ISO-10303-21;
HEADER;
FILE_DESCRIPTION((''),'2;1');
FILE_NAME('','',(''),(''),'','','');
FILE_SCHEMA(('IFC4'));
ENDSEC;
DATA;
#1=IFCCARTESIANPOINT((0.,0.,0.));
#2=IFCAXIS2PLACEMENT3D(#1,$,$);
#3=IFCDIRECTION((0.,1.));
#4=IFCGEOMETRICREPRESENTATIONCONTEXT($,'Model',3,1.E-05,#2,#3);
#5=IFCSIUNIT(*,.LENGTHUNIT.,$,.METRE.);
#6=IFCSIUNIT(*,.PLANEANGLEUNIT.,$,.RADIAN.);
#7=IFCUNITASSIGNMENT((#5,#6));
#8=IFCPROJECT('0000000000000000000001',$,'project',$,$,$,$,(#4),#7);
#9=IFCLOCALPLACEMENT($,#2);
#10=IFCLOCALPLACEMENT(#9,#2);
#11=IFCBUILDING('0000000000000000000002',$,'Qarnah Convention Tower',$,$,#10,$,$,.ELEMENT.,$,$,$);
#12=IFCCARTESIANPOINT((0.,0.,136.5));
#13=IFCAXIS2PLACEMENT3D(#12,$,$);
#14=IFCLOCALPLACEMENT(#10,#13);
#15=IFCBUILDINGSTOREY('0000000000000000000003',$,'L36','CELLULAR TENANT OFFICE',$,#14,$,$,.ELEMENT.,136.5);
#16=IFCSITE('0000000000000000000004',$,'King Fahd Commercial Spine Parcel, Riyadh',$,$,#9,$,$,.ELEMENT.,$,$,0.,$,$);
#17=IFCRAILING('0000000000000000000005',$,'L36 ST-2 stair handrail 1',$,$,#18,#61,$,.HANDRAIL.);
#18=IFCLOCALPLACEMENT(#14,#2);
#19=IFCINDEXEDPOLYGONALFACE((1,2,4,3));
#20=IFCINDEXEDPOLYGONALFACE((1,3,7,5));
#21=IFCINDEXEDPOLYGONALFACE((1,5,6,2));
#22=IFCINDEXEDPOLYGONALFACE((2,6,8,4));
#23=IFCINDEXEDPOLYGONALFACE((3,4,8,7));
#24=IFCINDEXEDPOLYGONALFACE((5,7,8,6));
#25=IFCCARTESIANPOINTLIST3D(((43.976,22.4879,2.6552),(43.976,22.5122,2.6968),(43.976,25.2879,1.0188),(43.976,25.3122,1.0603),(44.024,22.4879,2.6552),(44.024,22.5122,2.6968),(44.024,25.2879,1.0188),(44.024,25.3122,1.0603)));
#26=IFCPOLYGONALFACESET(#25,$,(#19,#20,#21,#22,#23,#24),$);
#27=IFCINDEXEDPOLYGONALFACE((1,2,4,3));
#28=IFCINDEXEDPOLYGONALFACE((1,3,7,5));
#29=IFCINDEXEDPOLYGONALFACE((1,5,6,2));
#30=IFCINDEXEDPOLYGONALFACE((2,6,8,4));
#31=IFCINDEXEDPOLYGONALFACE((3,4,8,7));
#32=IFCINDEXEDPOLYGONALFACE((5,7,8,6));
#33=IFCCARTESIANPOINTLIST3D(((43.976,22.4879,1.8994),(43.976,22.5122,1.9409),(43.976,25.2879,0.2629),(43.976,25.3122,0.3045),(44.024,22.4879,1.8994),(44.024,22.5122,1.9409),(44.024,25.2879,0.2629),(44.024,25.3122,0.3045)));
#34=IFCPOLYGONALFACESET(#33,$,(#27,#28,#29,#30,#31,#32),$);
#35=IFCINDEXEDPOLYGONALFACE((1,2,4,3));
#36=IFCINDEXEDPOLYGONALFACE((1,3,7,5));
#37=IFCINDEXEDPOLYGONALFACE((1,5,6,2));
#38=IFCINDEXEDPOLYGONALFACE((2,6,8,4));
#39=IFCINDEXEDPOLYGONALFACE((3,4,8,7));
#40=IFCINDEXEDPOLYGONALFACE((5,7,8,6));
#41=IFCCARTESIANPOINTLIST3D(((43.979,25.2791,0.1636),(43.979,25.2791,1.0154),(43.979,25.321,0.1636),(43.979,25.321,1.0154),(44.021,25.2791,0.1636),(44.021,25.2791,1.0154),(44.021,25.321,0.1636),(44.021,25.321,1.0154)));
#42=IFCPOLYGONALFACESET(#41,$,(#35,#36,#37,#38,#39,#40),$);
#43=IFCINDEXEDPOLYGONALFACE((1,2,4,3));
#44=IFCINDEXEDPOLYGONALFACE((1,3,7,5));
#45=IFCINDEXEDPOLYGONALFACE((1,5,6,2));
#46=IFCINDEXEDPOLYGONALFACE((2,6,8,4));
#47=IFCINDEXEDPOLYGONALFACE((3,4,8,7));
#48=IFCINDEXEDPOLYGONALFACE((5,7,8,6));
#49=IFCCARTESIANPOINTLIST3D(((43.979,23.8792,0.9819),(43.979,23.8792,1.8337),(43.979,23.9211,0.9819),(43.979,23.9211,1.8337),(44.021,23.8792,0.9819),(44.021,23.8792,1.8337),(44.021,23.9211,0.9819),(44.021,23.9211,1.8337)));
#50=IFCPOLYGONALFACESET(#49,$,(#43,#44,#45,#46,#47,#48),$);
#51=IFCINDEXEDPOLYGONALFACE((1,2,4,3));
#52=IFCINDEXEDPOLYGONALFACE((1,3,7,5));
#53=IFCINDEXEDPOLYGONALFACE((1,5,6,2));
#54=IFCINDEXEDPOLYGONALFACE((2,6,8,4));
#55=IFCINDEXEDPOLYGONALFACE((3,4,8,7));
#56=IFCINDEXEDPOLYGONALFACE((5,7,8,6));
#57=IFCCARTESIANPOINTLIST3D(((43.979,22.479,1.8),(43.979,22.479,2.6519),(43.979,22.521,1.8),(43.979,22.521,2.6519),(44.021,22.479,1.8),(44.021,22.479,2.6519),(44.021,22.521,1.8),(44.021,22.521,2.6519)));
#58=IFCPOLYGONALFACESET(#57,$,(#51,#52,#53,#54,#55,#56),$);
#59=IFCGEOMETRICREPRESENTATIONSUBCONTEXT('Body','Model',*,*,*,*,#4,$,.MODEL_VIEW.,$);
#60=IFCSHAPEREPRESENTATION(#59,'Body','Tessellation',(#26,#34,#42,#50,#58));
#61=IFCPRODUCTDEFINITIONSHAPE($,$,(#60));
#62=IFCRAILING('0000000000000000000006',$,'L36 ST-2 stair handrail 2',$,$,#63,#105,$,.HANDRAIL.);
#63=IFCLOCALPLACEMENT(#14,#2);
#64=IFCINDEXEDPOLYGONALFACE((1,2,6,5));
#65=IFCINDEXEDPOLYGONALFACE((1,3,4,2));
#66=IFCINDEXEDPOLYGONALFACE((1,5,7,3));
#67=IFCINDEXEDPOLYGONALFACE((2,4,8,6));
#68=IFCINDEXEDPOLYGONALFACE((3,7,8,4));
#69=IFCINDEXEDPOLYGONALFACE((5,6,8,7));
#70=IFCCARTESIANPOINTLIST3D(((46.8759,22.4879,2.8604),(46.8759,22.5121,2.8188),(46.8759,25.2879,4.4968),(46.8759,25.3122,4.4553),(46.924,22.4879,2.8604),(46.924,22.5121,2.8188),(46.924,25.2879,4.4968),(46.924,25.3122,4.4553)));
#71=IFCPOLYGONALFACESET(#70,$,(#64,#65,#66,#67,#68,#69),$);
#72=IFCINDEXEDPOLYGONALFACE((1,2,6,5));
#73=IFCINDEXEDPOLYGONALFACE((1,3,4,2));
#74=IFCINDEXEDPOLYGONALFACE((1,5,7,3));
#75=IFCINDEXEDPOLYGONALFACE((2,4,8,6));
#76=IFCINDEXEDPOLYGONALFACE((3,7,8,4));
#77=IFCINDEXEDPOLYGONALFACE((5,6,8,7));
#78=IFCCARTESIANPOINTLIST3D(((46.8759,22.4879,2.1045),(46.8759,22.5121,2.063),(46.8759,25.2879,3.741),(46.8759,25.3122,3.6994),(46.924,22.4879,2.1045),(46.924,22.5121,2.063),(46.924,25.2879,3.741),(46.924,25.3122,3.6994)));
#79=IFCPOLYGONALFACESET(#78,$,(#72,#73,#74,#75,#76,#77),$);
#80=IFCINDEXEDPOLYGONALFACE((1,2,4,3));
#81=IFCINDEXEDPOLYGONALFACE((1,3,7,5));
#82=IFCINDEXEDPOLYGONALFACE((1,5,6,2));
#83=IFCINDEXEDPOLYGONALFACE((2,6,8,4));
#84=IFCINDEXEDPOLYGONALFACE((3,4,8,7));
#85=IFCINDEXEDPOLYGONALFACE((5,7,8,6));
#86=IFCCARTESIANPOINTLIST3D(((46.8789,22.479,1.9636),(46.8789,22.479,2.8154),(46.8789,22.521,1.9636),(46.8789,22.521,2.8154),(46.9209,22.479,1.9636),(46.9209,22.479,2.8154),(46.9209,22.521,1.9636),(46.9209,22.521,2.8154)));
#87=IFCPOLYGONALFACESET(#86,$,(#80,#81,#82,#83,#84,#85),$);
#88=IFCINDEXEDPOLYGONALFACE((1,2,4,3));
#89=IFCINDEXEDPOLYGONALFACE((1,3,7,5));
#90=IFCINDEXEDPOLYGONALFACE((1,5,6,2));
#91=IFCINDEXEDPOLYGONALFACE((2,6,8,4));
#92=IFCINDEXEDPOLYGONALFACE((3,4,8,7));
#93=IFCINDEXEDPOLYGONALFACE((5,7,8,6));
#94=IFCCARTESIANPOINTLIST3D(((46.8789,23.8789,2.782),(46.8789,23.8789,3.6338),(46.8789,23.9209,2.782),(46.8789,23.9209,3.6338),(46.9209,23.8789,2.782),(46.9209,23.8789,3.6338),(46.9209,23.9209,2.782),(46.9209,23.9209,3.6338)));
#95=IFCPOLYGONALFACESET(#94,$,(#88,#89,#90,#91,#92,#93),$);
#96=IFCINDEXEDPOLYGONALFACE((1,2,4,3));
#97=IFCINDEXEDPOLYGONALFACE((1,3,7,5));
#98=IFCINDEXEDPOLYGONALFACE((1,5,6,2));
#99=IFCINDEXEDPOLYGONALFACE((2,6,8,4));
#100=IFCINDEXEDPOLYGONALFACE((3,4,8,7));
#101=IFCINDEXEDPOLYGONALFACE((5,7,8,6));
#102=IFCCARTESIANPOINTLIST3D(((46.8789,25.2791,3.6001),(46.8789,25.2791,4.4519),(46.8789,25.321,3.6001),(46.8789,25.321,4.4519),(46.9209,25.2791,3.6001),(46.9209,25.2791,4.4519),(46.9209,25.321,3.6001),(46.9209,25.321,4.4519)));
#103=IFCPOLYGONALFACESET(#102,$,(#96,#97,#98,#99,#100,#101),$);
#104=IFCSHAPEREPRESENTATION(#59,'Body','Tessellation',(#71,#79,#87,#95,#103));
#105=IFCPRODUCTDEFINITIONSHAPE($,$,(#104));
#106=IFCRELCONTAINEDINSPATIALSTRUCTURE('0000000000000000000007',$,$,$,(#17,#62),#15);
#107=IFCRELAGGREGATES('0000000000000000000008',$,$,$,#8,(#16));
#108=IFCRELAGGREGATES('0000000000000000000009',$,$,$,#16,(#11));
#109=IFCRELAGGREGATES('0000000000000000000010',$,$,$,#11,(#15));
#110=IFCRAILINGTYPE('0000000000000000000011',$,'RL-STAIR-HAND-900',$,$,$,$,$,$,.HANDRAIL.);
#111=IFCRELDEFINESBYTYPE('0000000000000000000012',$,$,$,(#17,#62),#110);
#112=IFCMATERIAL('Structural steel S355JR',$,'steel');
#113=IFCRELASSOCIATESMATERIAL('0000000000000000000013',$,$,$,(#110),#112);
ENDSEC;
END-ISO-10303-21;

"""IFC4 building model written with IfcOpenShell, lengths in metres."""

from ifc_helpers import new_model, si_unit, direction, frame, origin, origin_2d, place, context, subcontext, project, spatial, rectangle, extrude, material, type_object, element, save


model = new_model("IFC4")

# Units and contexts
model_context = context("Model", 3, precision=1e-05, world=origin(), true_north=direction((0.0, 1.0)))
body_context = subcontext(model_context, "Body", "Model", "MODEL_VIEW")
ifc_project = project(units=[si_unit("LENGTHUNIT", "METRE"), si_unit("PLANEANGLEUNIT", "RADIAN")], contexts=[model_context])

# Site, building, storey
site_placement = place(None, origin())
site = spatial("IfcSite", under=ifc_project, at=site_placement, Name="King Fahd Commercial Spine Parcel, Riyadh", CompositionType="ELEMENT", RefElevation=0.0)
building_placement = place(site_placement, origin())
building = spatial("IfcBuilding", under=site, at=building_placement, Name="Qarnah Convention Tower", CompositionType="ELEMENT")
storey_placement = place(building_placement, frame((0.0, 0.0, 136.5)))
storey = spatial("IfcBuildingStorey", under=building, at=storey_placement, Name="L36", Description="CELLULAR TENANT OFFICE", CompositionType="ELEMENT", Elevation=136.5)

# Shared definitions
ifc_material_1 = material(Name="Structural steel S355JR", Category="steel")

# Railings
railing_type_1 = type_object("IfcRailingType", Name="RL-STAIR-HAND-900", PredefinedType="HANDRAIL", material=ifc_material_1)
railing_1_placement = place(storey_placement, frame((44.0, 25.3, 0.1636)))
element("IfcRailing", 1, at=railing_1_placement, inside=storey, type_object=railing_type_1, Name="L36 ST-2 stair handrail 1", PredefinedType="HANDRAIL", context=body_context, shape_type="SweptSolid", body=[
    extrude(rectangle(XDim=0.0481, YDim=0.0481, at=origin_2d()), frame((0.0, 0.0, 0.876), z_axis=(0.0, -0.863361, 0.504587), x_axis=(1.0, 0.0, 0.0)), (0.0, 0.0, 1.0), 3.2432),
    extrude(rectangle(XDim=0.0481, YDim=0.0481, at=origin_2d()), frame((0.0, 0.0, 0.1201), z_axis=(0.0, -0.863361, 0.504587), x_axis=(1.0, 0.0, 0.0)), (0.0, 0.0, 1.0), 3.2432),
    extrude(rectangle(XDim=0.042, YDim=0.042, at=origin_2d()), origin(), (0.0, 0.0, 1.0), 0.8518),
    extrude(rectangle(XDim=0.042, YDim=0.042, at=origin_2d()), frame((0.0, -1.3999, 0.8184)), (0.0, 0.0, 1.0), 0.8518),
    extrude(rectangle(XDim=0.042, YDim=0.042, at=origin_2d()), frame((0.0, -2.8, 1.6365)), (0.0, 0.0, 1.0), 0.8518),
])
railing_2_placement = place(storey_placement, frame((46.8999, 22.5, 1.9636)))
element("IfcRailing", 2, at=railing_2_placement, inside=storey, type_object=railing_type_1, Name="L36 ST-2 stair handrail 2", PredefinedType="HANDRAIL", context=body_context, shape_type="SweptSolid", body=[
    extrude(rectangle(XDim=0.0481, YDim=0.0481, at=origin_2d()), frame((0.0, 0.0, 0.876), z_axis=(0.0, 0.863361, 0.504587), x_axis=(-1.0, 0.0, 0.0)), (0.0, 0.0, 1.0), 3.2432),
    extrude(rectangle(XDim=0.0481, YDim=0.0481, at=origin_2d()), frame((0.0, 0.0, 0.1201), z_axis=(0.0, 0.863361, 0.504587), x_axis=(-1.0, 0.0, 0.0)), (0.0, 0.0, 1.0), 3.2432),
    extrude(rectangle(XDim=0.042, YDim=0.042, at=origin_2d()), origin(), (0.0, 0.0, 1.0), 0.8518),
    extrude(rectangle(XDim=0.042, YDim=0.042, at=origin_2d()), frame((0.0, 1.3999, 0.8184)), (0.0, 0.0, 1.0), 0.8518),
    extrude(rectangle(XDim=0.042, YDim=0.042, at=origin_2d()), frame((0.0, 2.8, 1.6365)), (0.0, 0.0, 1.0), 0.8518),
])

save(model, "model.ifc")
